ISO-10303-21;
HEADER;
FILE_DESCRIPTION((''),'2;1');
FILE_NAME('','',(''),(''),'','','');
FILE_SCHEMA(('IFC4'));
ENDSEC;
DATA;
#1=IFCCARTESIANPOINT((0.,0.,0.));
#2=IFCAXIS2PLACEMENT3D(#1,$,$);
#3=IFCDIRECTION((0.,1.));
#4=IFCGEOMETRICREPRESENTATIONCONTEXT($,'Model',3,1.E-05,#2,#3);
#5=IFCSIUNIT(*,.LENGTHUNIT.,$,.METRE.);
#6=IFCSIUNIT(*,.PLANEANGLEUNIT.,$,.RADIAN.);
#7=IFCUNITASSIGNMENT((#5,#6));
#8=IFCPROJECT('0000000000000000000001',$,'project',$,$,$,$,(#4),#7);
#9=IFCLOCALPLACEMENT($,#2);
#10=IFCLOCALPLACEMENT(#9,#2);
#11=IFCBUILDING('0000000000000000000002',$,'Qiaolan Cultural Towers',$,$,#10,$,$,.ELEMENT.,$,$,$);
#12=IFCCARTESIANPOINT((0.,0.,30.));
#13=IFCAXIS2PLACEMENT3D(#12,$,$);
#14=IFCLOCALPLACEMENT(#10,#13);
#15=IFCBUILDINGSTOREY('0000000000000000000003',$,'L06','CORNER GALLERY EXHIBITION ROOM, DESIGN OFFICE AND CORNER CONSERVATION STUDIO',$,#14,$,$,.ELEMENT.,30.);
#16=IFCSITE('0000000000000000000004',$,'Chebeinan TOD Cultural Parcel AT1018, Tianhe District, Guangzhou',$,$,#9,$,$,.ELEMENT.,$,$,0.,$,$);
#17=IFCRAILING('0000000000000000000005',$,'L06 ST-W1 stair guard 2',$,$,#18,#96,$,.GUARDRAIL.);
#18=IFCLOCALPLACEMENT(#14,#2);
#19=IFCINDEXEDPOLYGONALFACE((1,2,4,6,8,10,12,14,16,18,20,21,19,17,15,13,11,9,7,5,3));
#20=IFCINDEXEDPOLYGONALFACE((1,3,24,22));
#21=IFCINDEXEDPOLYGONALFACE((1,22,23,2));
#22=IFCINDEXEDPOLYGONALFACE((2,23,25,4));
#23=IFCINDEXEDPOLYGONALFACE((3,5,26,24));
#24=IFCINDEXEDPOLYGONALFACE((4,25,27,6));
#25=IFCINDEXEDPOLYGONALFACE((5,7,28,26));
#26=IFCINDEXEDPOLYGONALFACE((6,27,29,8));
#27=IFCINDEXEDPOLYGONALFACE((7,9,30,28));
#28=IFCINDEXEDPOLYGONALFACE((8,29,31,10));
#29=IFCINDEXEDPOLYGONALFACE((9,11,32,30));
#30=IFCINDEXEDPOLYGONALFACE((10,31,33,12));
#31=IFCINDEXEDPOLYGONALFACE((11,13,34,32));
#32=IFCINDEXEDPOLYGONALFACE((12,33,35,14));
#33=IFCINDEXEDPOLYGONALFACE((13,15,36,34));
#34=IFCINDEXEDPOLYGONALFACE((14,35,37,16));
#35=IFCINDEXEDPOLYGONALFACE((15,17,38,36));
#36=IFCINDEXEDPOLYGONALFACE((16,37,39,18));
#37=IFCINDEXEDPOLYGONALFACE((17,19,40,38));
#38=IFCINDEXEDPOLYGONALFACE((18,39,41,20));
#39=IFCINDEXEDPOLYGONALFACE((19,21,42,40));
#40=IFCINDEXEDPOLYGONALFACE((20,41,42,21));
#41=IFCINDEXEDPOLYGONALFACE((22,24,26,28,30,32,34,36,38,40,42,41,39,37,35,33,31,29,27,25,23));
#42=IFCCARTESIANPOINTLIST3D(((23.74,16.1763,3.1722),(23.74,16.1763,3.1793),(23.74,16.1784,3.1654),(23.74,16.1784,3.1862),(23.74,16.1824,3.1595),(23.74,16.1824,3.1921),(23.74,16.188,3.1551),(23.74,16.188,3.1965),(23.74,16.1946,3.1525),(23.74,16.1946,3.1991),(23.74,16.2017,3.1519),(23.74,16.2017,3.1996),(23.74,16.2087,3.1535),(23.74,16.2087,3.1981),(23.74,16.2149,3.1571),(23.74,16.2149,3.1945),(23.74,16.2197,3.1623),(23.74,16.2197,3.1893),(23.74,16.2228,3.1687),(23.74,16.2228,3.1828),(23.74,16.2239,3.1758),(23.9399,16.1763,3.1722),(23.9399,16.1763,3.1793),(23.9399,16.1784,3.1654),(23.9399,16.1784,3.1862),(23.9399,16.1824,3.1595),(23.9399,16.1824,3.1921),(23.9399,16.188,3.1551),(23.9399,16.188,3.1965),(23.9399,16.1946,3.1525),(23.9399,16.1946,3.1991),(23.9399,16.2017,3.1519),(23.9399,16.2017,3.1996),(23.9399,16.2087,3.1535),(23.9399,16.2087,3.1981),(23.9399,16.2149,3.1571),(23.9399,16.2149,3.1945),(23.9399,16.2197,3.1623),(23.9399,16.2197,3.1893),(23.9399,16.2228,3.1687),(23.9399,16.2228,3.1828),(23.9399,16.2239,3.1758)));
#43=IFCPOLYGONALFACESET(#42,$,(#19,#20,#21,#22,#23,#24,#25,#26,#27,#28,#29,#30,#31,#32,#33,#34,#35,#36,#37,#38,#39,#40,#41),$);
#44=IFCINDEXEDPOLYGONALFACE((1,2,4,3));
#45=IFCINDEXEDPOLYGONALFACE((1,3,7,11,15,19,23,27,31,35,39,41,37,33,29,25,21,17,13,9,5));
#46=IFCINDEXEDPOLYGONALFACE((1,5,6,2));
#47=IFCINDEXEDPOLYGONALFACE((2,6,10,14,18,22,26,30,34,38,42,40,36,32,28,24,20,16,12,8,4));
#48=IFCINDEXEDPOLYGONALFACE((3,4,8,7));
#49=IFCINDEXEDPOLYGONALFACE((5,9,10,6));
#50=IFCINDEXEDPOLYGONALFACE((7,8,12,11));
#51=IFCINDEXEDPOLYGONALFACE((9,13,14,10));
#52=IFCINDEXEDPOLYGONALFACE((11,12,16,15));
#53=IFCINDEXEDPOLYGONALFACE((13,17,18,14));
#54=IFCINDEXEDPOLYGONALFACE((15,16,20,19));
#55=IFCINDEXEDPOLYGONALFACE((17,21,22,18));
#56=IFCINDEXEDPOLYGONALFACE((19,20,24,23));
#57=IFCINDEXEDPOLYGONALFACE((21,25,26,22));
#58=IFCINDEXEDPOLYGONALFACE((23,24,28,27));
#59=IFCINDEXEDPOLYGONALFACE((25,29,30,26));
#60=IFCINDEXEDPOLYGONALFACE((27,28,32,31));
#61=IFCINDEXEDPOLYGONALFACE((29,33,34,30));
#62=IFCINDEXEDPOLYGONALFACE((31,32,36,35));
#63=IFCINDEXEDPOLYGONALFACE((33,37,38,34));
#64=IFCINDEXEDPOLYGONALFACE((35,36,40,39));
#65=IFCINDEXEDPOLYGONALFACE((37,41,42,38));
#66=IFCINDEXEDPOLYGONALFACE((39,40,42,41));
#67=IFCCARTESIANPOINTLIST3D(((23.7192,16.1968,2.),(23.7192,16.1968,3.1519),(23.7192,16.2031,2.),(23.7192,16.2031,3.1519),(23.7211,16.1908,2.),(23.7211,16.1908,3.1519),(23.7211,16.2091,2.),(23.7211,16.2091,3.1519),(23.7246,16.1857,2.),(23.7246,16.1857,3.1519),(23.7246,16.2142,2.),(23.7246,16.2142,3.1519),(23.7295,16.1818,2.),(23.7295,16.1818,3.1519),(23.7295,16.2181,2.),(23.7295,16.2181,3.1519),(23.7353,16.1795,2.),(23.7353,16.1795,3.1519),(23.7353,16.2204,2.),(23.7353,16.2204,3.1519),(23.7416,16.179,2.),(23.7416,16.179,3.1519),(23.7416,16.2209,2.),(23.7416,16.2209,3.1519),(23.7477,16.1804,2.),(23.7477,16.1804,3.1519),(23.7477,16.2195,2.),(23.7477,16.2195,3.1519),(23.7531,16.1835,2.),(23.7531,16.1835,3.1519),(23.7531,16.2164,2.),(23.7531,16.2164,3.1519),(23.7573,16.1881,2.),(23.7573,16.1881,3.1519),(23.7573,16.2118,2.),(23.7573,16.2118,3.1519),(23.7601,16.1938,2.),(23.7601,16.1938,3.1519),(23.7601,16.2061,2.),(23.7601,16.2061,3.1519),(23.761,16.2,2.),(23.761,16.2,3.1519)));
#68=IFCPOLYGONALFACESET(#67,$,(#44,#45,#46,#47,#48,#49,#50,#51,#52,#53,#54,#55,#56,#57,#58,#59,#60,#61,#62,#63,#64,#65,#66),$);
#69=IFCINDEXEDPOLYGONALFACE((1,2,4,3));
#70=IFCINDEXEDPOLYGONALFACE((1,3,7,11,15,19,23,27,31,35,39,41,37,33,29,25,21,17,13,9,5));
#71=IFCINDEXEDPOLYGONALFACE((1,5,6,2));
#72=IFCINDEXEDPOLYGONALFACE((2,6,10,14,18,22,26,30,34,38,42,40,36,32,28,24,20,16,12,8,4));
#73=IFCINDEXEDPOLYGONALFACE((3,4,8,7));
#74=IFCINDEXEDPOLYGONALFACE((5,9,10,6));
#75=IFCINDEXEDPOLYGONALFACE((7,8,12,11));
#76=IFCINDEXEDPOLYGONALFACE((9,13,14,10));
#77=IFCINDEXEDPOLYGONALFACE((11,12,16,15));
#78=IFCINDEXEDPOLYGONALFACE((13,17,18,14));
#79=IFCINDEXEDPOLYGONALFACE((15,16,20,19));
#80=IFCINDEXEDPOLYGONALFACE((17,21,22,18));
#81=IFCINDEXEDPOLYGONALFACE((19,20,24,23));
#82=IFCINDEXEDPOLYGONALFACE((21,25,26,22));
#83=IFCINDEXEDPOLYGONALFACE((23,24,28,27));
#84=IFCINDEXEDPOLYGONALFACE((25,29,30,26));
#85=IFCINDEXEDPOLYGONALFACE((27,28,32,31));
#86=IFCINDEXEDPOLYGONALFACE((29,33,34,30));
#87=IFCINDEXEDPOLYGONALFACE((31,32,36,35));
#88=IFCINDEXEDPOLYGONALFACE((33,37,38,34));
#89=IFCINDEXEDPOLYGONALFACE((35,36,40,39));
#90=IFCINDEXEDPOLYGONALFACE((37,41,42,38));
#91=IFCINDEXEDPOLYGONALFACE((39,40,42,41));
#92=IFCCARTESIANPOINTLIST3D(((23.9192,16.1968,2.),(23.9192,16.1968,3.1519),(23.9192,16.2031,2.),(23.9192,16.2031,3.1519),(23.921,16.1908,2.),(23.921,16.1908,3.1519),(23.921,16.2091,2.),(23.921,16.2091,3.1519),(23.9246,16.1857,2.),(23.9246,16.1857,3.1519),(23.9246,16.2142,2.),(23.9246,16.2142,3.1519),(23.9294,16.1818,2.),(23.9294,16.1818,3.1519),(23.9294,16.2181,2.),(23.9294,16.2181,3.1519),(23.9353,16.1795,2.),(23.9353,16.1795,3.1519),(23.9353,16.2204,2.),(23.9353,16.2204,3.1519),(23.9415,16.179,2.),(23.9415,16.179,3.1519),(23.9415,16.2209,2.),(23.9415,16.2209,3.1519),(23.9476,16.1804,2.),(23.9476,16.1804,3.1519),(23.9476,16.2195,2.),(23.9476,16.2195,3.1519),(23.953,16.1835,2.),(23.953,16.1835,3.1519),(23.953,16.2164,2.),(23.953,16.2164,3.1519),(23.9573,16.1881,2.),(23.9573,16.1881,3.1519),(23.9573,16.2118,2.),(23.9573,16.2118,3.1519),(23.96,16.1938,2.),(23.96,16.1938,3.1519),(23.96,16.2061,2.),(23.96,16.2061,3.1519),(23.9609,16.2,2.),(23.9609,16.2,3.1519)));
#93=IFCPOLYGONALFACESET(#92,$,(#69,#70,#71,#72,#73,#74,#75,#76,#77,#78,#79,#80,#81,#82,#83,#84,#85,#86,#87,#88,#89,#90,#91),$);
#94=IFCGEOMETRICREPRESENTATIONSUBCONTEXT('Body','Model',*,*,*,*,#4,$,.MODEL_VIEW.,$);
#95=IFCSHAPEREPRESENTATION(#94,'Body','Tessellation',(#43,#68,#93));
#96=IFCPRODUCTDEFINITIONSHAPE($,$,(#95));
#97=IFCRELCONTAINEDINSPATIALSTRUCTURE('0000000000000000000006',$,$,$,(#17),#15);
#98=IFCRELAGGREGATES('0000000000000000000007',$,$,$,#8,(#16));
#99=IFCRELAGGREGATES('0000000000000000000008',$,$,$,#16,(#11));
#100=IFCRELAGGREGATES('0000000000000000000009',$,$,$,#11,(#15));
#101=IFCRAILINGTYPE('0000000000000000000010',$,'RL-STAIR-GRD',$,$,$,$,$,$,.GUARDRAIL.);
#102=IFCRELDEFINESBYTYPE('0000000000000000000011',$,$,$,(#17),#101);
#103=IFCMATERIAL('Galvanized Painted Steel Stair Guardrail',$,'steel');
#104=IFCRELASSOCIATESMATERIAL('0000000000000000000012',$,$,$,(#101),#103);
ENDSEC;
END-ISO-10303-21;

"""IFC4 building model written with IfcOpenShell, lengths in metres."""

from ifc_helpers import new_model, si_unit, direction, frame, origin, origin_2d, place, context, subcontext, project, spatial, circle, extrude, material, type_object, element, save


model = new_model("IFC4")

# Units and contexts
model_context = context("Model", 3, precision=1e-05, world=origin(), true_north=direction((0.0, 1.0)))
body_context = subcontext(model_context, "Body", "Model", "MODEL_VIEW")
ifc_project = project(units=[si_unit("LENGTHUNIT", "METRE"), si_unit("PLANEANGLEUNIT", "RADIAN")], contexts=[model_context])

# Site, building, storey
site_placement = place(None, origin())
site = spatial("IfcSite", under=ifc_project, at=site_placement, Name="Chebeinan TOD Cultural Parcel AT1018, Tianhe District, Guangzhou", CompositionType="ELEMENT", RefElevation=0.0)
building_placement = place(site_placement, origin())
building = spatial("IfcBuilding", under=site, at=building_placement, Name="Qiaolan Cultural Towers", CompositionType="ELEMENT")
storey_placement = place(building_placement, frame((0.0, 0.0, 30.0)))
storey = spatial("IfcBuildingStorey", under=building, at=storey_placement, Name="L06", Description="CORNER GALLERY EXHIBITION ROOM, DESIGN OFFICE AND CORNER CONSERVATION STUDIO", CompositionType="ELEMENT", Elevation=30.0)

# Railing
ifc_material_1 = material(Name="Galvanized Painted Steel Stair Guardrail", Category="steel")
railing_type_1 = type_object("IfcRailingType", Name="RL-STAIR-GRD", PredefinedType="GUARDRAIL", material=ifc_material_1)
railing_1_placement = place(storey_placement, frame((23.74, 16.2, 2.0)))
element("IfcRailing", 1, at=railing_1_placement, inside=storey, type_object=railing_type_1, Name="L06 ST-W1 stair guard 2", PredefinedType="GUARDRAIL", context=body_context, shape_type="SweptSolid", body=[
    extrude(circle(Radius=0.0239, at=origin_2d()), frame((0.0, 0.0, 1.1758), z_axis=(1.0, 0.0, 0.0), x_axis=(0.0, 1.0, 0.0)), (0.0, 0.0, 1.0), 0.2),
    extrude(circle(Radius=0.021, at=origin_2d()), origin(), (0.0, 0.0, 1.0), 1.1519),
    extrude(circle(Radius=0.021, at=origin_2d()), frame((0.2, 0.0, 0.0)), (0.0, 0.0, 1.0), 1.1519),
])

save(model, "model.ifc")
